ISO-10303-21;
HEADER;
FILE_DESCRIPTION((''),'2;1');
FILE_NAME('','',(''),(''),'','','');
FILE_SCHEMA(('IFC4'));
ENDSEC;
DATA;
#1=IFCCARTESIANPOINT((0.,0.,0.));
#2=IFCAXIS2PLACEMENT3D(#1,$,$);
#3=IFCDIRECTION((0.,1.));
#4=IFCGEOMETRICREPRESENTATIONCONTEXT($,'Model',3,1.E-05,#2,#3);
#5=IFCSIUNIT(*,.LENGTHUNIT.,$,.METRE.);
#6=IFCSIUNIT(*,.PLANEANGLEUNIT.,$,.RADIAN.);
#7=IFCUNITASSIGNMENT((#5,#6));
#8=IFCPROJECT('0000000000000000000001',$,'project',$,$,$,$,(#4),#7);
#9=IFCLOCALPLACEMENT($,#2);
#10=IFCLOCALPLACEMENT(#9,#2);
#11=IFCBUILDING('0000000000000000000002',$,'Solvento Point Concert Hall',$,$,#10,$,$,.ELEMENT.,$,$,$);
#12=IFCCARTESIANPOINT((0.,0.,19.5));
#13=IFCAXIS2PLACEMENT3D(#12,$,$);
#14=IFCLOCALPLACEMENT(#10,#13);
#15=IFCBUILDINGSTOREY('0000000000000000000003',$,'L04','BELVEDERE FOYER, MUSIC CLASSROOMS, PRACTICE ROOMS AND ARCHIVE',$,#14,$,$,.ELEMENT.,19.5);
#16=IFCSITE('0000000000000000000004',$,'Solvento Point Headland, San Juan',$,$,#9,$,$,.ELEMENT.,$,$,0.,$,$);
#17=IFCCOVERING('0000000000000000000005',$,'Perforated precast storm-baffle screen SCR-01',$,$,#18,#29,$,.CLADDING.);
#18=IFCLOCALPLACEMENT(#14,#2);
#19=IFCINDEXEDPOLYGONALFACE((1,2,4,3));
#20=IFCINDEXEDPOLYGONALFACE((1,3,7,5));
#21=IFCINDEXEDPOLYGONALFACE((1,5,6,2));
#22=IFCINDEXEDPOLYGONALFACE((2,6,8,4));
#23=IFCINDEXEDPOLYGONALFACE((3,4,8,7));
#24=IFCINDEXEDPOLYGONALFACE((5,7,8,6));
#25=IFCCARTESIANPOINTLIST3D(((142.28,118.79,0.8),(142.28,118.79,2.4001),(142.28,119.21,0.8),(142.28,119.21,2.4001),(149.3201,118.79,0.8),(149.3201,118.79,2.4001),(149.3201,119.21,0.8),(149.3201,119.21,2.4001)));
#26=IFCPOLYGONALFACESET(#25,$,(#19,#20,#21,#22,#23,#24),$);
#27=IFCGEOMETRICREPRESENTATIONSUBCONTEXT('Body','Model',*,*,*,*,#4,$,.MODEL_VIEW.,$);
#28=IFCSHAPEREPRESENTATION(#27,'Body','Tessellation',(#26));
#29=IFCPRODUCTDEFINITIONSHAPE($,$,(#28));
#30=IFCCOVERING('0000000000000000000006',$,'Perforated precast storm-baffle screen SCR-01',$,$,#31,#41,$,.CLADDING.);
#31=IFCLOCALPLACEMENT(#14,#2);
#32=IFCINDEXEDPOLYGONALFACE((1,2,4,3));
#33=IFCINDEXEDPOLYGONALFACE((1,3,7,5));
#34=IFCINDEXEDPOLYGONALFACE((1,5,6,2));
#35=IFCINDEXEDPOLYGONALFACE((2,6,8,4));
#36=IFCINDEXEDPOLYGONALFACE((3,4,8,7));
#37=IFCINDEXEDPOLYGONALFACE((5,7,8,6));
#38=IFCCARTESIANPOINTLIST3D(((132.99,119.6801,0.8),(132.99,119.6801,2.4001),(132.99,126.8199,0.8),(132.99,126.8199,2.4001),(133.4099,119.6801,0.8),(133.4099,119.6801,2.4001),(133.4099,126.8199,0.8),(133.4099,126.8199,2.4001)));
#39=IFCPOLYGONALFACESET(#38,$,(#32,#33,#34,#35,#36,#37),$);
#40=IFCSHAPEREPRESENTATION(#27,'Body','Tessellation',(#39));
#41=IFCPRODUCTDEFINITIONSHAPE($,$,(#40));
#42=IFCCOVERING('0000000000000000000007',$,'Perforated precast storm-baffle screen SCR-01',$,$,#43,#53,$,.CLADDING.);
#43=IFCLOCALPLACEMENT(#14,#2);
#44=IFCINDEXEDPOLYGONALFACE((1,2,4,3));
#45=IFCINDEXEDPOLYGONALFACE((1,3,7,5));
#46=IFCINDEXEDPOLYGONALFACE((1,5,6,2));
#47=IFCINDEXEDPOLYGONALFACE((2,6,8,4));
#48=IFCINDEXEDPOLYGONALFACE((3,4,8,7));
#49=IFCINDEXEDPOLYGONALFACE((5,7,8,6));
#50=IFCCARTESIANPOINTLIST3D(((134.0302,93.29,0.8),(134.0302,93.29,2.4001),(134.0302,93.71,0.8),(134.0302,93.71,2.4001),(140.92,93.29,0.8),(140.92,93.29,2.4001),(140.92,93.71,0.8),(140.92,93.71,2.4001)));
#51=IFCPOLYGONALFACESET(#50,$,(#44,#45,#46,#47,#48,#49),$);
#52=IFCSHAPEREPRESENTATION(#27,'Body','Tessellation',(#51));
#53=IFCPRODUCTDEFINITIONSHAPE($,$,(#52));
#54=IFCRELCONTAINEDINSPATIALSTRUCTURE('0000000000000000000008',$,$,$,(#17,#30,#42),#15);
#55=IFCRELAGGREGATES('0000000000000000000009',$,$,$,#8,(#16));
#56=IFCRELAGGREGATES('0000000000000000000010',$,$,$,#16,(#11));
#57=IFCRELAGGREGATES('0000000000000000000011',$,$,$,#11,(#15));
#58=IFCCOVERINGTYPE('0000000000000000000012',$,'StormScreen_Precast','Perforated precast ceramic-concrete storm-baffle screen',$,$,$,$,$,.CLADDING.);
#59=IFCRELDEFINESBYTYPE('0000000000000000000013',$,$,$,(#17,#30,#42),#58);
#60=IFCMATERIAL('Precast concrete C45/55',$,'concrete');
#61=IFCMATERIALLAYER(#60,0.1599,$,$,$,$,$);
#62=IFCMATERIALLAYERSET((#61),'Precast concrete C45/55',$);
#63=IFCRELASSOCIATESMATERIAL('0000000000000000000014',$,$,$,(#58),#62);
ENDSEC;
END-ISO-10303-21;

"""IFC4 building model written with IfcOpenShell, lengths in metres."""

from ifc_helpers import new_model, si_unit, direction, frame, origin, origin_2d, place, context, subcontext, project, spatial, rectangle, extrude, material, layer, layer_set, type_object, element, save


model = new_model("IFC4")

# Units and contexts
model_context = context("Model", 3, precision=1e-05, world=origin(), true_north=direction((0.0, 1.0)))
body_context = subcontext(model_context, "Body", "Model", "MODEL_VIEW")
ifc_project = project(units=[si_unit("LENGTHUNIT", "METRE"), si_unit("PLANEANGLEUNIT", "RADIAN")], contexts=[model_context])

# Site, building, storey
site_placement = place(None, origin())
site = spatial("IfcSite", under=ifc_project, at=site_placement, Name="Solvento Point Headland, San Juan", CompositionType="ELEMENT", RefElevation=0.0)
building_placement = place(site_placement, origin())
building = spatial("IfcBuilding", under=site, at=building_placement, Name="Solvento Point Concert Hall", CompositionType="ELEMENT")
storey_placement = place(building_placement, frame((0.0, 0.0, 19.5)))
storey = spatial("IfcBuildingStorey", under=building, at=storey_placement, Name="L04", Description="BELVEDERE FOYER, MUSIC CLASSROOMS, PRACTICE ROOMS AND ARCHIVE", CompositionType="ELEMENT", Elevation=19.5)

# Coverings
ifc_material_1 = material(Name="Precast concrete C45/55", Category="concrete")
ifc_layer_1 = layer(ifc_material_1, 0.1599)
ifc_layer_set_1 = layer_set([ifc_layer_1], Name="Precast concrete C45/55")
covering_type = type_object("IfcCoveringType", Name="StormScreen_Precast", Description="Perforated precast ceramic-concrete storm-baffle screen", PredefinedType="CLADDING", material=ifc_layer_set_1)
covering_1_placement = place(storey_placement, frame((145.8, 119.0, 0.8), z_axis=(0.0, 0.0, 1.0), x_axis=(-1.0, 0.0, 0.0)))
element("IfcCovering", 1, at=covering_1_placement, inside=storey, type_object=covering_type, Name="Perforated precast storm-baffle screen SCR-01", PredefinedType="CLADDING", context=body_context, shape_type="SweptSolid", body=[
    extrude(rectangle(XDim=7.04, YDim=0.4199, at=origin_2d()), origin(), (0.0, 0.0, 1.0), 1.6001),
])
covering_2_placement = place(storey_placement, frame((133.2, 123.25, 0.8), z_axis=(0.0, 0.0, 1.0), x_axis=(0.0, 1.0, 0.0)))
element("IfcCovering", 2, at=covering_2_placement, inside=storey, type_object=covering_type, Name="Perforated precast storm-baffle screen SCR-01", PredefinedType="CLADDING", context=body_context, shape_type="SweptSolid", body=[
    extrude(rectangle(XDim=7.1399, YDim=0.4199, at=origin_2d()), origin(), (0.0, 0.0, 1.0), 1.6001),
])
covering_3_placement = place(storey_placement, frame((137.4751, 93.5, 0.8), z_axis=(0.0, 0.0, 1.0), x_axis=(1.0, 0.0, 0.0)))
element("IfcCovering", 3, at=covering_3_placement, inside=storey, type_object=covering_type, Name="Perforated precast storm-baffle screen SCR-01", PredefinedType="CLADDING", context=body_context, shape_type="SweptSolid", body=[
    extrude(rectangle(XDim=6.8899, YDim=0.4199, at=origin_2d()), origin(), (0.0, 0.0, 1.0), 1.6001),
])

save(model, "model.ifc")
